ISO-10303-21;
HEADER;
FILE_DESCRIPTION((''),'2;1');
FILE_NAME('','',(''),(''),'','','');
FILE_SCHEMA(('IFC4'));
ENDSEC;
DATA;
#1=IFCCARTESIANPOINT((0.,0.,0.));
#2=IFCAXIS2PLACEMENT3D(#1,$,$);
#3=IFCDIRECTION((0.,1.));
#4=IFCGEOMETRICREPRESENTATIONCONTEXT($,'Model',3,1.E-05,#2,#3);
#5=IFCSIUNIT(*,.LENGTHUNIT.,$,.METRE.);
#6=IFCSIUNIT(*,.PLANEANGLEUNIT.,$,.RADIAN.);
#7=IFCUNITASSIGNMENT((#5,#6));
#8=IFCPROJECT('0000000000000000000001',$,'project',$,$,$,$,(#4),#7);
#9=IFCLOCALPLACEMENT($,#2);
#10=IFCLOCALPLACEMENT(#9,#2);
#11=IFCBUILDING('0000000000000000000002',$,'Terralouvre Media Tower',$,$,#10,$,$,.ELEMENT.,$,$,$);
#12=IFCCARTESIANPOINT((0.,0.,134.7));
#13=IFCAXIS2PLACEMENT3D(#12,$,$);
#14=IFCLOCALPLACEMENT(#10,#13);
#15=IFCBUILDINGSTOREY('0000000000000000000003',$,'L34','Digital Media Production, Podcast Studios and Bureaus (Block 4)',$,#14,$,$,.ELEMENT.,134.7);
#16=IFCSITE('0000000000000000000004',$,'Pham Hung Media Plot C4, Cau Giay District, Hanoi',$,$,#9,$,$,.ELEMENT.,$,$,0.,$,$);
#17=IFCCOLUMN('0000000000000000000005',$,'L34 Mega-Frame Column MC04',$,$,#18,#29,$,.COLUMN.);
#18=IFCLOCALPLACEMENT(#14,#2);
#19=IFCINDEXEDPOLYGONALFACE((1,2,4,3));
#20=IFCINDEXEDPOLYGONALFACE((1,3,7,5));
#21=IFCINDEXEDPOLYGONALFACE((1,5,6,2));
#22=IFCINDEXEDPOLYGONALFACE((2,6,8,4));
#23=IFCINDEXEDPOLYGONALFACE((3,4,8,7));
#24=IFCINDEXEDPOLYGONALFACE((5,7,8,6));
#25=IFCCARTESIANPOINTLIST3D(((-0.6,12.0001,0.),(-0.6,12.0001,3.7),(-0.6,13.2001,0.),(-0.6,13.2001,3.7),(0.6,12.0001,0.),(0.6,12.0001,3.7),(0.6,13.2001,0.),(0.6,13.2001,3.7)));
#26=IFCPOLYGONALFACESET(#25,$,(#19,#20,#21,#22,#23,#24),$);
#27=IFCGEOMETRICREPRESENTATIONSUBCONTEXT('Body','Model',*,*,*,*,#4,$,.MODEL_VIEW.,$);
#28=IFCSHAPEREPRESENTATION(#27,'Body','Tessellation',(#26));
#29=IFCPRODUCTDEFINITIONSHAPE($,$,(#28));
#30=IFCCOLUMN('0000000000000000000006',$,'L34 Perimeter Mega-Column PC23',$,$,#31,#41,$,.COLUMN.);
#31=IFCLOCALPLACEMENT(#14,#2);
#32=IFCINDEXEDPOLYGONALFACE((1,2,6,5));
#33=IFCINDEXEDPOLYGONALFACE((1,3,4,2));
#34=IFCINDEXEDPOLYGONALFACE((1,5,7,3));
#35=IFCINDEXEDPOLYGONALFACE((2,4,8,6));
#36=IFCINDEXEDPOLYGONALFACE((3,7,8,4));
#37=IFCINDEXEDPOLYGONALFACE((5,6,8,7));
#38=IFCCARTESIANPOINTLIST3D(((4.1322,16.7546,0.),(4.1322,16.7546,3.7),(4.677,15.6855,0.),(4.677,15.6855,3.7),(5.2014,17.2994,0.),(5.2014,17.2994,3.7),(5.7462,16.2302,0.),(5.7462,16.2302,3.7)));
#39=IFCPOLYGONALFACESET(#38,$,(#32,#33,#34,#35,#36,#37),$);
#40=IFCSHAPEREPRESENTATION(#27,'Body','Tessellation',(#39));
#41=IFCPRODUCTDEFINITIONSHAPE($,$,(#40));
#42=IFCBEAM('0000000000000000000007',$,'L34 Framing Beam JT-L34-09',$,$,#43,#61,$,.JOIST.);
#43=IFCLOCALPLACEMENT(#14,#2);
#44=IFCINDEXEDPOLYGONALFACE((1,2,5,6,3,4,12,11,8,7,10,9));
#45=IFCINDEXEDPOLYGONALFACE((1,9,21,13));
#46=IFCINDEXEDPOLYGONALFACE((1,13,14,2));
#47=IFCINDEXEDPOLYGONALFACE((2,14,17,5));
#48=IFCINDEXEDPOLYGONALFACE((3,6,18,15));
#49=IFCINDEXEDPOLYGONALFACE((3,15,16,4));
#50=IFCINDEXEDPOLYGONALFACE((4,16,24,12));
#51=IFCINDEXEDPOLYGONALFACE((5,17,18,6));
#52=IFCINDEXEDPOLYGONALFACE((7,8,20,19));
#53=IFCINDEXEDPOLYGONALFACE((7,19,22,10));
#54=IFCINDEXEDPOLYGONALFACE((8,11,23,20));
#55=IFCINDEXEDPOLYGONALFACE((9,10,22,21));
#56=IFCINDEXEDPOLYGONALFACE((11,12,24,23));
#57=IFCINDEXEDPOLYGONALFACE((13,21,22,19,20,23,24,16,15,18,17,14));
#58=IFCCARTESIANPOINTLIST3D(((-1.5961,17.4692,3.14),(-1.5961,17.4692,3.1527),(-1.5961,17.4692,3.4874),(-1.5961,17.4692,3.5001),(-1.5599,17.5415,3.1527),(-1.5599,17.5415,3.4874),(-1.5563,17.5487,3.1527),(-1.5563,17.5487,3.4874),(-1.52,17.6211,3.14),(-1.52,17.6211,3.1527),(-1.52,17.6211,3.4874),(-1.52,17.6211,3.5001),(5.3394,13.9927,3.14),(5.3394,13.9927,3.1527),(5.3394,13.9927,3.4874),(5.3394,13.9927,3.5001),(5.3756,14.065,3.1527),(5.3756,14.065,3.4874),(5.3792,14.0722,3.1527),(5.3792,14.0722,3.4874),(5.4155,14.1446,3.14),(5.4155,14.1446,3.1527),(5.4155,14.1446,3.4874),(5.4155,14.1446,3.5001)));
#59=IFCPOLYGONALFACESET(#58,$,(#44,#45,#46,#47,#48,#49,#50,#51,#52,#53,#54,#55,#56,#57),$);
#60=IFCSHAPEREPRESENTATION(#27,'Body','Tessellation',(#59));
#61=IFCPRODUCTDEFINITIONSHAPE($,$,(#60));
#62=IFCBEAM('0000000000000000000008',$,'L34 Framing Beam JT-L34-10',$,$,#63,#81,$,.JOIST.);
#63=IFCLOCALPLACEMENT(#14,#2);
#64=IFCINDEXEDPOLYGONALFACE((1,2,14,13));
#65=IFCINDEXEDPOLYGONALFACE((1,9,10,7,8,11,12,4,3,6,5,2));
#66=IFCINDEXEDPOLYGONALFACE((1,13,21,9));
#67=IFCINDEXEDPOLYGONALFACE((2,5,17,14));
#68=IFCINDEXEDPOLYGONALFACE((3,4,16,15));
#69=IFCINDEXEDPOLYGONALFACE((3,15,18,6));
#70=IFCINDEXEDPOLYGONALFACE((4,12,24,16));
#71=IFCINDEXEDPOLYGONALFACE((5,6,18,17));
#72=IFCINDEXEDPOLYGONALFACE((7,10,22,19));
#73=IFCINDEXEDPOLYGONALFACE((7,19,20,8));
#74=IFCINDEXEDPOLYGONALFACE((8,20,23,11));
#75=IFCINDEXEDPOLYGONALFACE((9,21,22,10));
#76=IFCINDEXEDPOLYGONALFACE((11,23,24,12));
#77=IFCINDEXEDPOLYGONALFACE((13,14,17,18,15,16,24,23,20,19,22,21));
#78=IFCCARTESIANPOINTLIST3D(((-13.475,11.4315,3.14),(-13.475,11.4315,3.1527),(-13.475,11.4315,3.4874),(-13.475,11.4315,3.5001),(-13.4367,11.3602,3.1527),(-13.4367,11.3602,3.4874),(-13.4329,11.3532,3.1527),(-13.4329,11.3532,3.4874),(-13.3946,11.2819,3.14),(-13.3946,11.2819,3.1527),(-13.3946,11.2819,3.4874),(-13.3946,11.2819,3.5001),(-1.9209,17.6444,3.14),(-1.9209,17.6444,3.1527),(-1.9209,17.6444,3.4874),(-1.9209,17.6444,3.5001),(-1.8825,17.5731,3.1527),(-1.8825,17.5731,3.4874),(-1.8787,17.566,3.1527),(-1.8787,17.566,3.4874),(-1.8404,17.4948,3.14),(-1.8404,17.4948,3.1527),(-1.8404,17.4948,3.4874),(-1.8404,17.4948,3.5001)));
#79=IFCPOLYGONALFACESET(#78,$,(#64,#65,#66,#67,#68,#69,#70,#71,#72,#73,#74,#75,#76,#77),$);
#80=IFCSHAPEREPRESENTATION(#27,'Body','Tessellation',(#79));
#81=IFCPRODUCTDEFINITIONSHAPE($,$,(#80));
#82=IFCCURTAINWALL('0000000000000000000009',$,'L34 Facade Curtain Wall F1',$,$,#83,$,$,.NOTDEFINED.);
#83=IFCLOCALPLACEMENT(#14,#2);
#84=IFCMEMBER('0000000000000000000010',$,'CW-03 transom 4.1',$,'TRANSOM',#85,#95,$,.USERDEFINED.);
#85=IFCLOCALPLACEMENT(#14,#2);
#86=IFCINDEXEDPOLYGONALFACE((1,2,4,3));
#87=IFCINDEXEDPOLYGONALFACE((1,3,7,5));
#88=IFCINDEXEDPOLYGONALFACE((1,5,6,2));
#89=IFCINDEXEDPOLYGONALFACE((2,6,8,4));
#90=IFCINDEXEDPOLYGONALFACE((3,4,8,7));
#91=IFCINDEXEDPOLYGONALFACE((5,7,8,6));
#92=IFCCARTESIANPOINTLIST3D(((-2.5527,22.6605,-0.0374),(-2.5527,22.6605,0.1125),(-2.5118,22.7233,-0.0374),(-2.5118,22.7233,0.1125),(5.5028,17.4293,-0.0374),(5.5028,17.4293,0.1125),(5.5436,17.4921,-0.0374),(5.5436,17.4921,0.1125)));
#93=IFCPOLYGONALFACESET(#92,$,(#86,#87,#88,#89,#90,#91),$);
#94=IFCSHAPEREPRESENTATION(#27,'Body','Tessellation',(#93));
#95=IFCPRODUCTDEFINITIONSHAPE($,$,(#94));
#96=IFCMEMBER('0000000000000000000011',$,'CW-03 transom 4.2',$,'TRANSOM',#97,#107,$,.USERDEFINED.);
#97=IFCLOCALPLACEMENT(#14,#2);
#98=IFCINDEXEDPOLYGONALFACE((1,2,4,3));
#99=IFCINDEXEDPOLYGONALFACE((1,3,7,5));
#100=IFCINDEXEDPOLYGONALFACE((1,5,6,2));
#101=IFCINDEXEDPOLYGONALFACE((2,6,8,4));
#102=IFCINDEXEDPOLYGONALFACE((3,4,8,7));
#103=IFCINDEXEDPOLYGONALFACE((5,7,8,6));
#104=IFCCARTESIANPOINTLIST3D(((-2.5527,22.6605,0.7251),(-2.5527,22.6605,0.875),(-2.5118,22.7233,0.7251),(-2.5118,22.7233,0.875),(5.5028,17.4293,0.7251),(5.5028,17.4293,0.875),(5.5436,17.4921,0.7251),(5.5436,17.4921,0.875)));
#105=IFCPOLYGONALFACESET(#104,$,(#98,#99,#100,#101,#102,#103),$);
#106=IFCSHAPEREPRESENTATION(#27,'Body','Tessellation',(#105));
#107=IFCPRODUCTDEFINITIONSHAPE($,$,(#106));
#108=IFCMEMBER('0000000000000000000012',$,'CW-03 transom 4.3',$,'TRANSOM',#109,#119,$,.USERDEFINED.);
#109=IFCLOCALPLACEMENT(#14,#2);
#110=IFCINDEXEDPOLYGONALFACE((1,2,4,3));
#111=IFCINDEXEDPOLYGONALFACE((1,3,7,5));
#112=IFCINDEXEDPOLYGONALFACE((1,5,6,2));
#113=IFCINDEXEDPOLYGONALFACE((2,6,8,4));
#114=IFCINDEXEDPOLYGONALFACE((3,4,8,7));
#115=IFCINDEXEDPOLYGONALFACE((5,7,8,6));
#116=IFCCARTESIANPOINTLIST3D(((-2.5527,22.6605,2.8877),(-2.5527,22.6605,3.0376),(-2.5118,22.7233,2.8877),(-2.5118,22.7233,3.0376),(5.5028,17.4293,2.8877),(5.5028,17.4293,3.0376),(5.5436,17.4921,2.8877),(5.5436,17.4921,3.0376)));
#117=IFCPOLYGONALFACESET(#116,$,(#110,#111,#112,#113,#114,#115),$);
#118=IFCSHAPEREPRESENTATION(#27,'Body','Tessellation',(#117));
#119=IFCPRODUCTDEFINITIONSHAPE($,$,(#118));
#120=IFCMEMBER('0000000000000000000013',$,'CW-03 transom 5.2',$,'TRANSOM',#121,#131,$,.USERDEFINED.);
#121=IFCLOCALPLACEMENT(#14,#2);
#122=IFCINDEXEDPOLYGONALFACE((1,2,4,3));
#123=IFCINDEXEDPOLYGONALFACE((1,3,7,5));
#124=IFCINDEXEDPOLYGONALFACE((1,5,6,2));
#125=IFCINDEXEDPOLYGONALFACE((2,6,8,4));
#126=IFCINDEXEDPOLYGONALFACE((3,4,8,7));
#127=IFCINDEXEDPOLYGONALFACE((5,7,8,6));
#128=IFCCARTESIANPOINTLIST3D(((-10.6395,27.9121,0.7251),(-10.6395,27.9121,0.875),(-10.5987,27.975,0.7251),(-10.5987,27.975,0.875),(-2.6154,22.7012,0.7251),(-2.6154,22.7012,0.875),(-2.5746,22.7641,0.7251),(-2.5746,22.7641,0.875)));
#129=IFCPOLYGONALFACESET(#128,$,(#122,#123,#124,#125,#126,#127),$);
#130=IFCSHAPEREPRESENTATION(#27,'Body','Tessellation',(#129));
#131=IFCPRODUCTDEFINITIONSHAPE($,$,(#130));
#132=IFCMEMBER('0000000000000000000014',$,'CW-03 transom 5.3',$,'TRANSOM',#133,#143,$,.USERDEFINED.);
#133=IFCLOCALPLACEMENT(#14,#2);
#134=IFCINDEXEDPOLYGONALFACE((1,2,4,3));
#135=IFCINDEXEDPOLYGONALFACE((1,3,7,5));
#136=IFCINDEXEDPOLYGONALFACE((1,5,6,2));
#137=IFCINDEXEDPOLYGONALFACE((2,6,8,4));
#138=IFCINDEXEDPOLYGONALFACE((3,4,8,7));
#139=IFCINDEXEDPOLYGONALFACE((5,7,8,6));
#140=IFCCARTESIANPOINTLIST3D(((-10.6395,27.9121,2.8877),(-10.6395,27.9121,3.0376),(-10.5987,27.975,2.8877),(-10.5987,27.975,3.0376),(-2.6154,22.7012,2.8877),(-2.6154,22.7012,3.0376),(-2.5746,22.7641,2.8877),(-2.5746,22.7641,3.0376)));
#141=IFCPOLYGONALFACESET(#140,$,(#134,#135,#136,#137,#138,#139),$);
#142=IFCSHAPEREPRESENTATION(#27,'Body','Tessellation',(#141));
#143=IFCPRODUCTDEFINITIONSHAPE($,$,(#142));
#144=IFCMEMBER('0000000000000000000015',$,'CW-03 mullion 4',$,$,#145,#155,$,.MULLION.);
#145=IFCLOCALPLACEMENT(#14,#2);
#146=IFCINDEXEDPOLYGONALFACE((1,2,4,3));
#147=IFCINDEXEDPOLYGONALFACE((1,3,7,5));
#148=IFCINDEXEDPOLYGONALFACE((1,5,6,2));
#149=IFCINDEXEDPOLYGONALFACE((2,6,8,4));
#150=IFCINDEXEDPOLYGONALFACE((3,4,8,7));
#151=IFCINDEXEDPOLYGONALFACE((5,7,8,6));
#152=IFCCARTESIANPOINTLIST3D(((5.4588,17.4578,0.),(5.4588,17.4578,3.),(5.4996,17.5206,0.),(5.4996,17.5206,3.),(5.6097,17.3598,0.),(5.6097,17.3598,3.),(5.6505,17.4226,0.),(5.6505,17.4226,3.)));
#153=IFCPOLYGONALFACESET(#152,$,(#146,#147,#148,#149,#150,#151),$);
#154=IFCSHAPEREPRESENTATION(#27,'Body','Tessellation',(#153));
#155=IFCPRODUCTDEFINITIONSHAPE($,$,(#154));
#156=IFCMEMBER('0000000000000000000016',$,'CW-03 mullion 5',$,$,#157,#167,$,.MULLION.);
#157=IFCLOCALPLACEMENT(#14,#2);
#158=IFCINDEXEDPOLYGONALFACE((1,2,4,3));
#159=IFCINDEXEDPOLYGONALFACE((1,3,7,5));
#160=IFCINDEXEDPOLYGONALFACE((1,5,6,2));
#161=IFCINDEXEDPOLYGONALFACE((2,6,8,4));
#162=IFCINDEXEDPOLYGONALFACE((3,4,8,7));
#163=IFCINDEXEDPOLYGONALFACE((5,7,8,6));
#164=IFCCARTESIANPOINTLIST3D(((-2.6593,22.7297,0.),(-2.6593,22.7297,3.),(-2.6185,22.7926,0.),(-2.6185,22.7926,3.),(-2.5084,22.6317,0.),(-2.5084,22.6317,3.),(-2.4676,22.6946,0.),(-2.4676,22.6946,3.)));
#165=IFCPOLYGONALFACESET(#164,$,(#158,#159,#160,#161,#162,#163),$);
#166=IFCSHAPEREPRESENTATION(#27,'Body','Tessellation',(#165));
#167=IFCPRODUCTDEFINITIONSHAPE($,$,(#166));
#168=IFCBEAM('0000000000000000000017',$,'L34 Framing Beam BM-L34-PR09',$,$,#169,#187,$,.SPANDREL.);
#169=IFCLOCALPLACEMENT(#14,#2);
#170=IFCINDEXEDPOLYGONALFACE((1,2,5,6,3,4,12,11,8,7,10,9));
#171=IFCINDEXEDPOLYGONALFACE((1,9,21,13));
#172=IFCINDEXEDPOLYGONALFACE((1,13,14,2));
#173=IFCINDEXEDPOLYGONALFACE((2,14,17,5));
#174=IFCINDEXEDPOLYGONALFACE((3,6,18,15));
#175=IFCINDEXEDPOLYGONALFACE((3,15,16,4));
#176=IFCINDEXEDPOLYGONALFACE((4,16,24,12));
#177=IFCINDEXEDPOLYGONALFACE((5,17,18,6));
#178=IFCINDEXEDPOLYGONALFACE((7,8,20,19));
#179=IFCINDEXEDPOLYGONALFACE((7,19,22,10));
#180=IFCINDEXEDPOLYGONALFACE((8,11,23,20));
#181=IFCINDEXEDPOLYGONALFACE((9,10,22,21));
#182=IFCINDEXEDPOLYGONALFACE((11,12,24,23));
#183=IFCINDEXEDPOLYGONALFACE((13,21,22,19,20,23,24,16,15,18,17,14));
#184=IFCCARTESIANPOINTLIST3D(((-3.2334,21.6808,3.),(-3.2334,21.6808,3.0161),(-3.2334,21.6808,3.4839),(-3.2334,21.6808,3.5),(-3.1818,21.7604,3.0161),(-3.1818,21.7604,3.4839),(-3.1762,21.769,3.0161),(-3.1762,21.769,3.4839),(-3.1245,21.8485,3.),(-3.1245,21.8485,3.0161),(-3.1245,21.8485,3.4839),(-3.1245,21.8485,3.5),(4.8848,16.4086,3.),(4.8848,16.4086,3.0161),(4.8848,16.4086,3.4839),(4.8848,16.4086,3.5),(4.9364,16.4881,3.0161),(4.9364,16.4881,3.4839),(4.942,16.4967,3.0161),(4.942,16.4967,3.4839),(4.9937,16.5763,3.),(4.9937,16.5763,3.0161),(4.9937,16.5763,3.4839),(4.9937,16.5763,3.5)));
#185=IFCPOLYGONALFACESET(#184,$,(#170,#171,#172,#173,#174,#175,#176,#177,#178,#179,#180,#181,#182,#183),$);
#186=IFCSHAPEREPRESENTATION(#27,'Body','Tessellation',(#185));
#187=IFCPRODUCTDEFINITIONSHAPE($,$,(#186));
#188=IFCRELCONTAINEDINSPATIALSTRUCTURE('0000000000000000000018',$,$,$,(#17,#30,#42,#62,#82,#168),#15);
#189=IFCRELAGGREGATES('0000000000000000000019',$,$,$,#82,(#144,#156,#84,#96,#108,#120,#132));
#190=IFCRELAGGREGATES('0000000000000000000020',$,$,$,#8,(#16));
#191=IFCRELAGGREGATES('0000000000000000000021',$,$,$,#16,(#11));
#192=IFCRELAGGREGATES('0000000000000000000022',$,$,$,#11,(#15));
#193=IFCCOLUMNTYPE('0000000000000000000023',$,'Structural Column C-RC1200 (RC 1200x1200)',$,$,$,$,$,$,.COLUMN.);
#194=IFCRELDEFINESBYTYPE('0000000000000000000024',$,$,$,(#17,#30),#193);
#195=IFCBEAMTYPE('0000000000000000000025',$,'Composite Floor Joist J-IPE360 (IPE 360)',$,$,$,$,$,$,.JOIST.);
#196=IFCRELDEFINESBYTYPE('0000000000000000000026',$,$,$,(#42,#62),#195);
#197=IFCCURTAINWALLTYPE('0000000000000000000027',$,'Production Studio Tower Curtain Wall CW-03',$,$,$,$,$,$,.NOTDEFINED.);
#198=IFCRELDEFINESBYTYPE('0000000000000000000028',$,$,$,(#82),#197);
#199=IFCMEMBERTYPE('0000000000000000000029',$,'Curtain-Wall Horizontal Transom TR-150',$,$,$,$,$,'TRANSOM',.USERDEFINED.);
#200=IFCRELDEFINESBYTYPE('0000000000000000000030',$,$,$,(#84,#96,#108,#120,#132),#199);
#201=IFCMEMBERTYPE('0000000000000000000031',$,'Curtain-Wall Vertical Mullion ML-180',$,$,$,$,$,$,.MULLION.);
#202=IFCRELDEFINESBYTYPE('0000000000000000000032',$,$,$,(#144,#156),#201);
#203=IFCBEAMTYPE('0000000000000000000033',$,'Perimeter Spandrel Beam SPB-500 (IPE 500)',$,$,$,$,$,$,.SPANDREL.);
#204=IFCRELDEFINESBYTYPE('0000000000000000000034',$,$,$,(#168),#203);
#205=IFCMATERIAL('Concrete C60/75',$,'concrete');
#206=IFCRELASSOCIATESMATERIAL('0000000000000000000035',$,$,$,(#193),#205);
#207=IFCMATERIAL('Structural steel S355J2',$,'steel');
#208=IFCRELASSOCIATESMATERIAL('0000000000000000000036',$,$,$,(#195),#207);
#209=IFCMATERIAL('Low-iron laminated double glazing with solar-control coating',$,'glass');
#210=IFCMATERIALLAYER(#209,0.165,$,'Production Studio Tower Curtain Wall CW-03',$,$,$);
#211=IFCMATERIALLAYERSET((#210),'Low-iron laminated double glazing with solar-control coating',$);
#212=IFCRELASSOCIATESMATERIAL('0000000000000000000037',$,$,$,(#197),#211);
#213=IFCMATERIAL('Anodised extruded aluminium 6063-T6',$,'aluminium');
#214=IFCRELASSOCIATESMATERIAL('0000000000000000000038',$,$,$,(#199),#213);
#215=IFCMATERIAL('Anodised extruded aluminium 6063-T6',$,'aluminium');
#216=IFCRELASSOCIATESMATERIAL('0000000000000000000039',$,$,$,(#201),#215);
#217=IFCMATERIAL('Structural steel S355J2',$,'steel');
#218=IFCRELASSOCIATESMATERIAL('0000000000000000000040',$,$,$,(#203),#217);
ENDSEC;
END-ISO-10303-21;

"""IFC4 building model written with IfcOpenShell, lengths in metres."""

from ifc_helpers import new_model, si_unit, direction, frame, origin, origin_2d, place, context, subcontext, project, spatial, rectangle, i_section, extrude, material, layer, layer_set, material_profile, profile_set, type_object, element, aggregate, save


model = new_model("IFC4")

# Units and contexts
model_context = context("Model", 3, precision=1e-05, world=origin(), true_north=direction((0.0, 1.0)))
body_context = subcontext(model_context, "Body", "Model", "MODEL_VIEW")
ifc_project = project(units=[si_unit("LENGTHUNIT", "METRE"), si_unit("PLANEANGLEUNIT", "RADIAN")], contexts=[model_context])

# Site, building, storey
site_placement = place(None, origin())
site = spatial("IfcSite", under=ifc_project, at=site_placement, Name="Pham Hung Media Plot C4, Cau Giay District, Hanoi", CompositionType="ELEMENT", RefElevation=0.0)
building_placement = place(site_placement, origin())
building = spatial("IfcBuilding", under=site, at=building_placement, Name="Terralouvre Media Tower", CompositionType="ELEMENT")
storey_placement = place(building_placement, frame((0.0, 0.0, 134.7)))
storey = spatial("IfcBuildingStorey", under=building, at=storey_placement, Name="L34", Description="Digital Media Production, Podcast Studios and Bureaus (Block 4)", CompositionType="ELEMENT", Elevation=134.7)

# Columns
ifc_material_1 = material(Name="Concrete C60/75", Category="concrete")
ifc_material_profile_1 = material_profile(ifc_material_1, rectangle(XDim=1.2, YDim=1.2, at=origin_2d()), Name="RC 1200x1200")
ifc_profile_set_1 = profile_set([ifc_material_profile_1], Name="Concrete C60/75")
column_type = type_object("IfcColumnType", Name="Structural Column C-RC1200 (RC 1200x1200)", PredefinedType="COLUMN", material=ifc_profile_set_1)
for number, where, z_axis, x_axis, name in (
    (1, (0.0, 12.6001, 0.0), (0.0, 0.0, 1.0), (1.0, 0.0, 0.0), "L34 Mega-Frame Column MC04"),
    (2, (4.9392, 16.4924, 0.0), (0.0, 0.0, 1.0), (0.891007, 0.45399, 0.0), "L34 Perimeter Mega-Column PC23"),
):
    element("IfcColumn", number, at=place(storey_placement, frame(where, z_axis=z_axis, x_axis=x_axis)), inside=storey, type_object=column_type, Name=name, PredefinedType="COLUMN", context=body_context, shape_type="SweptSolid", body=[
        extrude(rectangle(XDim=1.2, YDim=1.2, at=origin_2d()), origin(), (0.0, 0.0, 1.0), 3.7),
    ])

# Beams
ifc_material_2 = material(Name="Structural steel S355J2", Category="steel")
ifc_material_profile_2 = material_profile(ifc_material_2, i_section(OverallWidth=0.1699, OverallDepth=0.3601, WebThickness=0.0081, FlangeThickness=0.0127, at=origin_2d()), Name="IPE 360")
ifc_profile_set_2 = profile_set([ifc_material_profile_2], Name="Structural steel S355J2")
beam_type_1 = type_object("IfcBeamType", Name="Composite Floor Joist J-IPE360 (IPE 360)", PredefinedType="JOIST", material=ifc_profile_set_2)
beam_1_placement = place(storey_placement, frame((5.3774, 14.0686, 3.3201), z_axis=(-0.893974, 0.44812, 0.0), x_axis=(-0.44812, -0.893974, 0.0)))
element("IfcBeam", 3, at=beam_1_placement, inside=storey, type_object=beam_type_1, Name="L34 Framing Beam JT-L34-09", PredefinedType="JOIST", context=body_context, shape_type="SweptSolid", body=[
    extrude(i_section(OverallWidth=0.1699, OverallDepth=0.3601, WebThickness=0.0081, FlangeThickness=0.0127, at=origin_2d()), origin(), (0.0, 0.0, 1.0), 7.7581),
])
beam_2_placement = place(storey_placement, frame((-1.8806, 17.5696, 3.3201), z_axis=(-0.880745, -0.473591, 0.0), x_axis=(0.473591, -0.880745, 0.0)))
element("IfcBeam", 4, at=beam_2_placement, inside=storey, type_object=beam_type_1, Name="L34 Framing Beam JT-L34-10", PredefinedType="JOIST", context=body_context, shape_type="SweptSolid", body=[
    extrude(i_section(OverallWidth=0.1699, OverallDepth=0.3601, WebThickness=0.0081, FlangeThickness=0.0127, at=origin_2d()), origin(), (0.0, 0.0, 1.0), 13.1187),
])

# Curtain wall, members
ifc_material_3 = material(Name="Low-iron laminated double glazing with solar-control coating", Category="glass")
ifc_layer_1 = layer(ifc_material_3, 0.165, Name="Production Studio Tower Curtain Wall CW-03")
ifc_layer_set_1 = layer_set([ifc_layer_1], Name="Low-iron laminated double glazing with solar-control coating")
curtain_wall_type = type_object("IfcCurtainWallType", Name="Production Studio Tower Curtain Wall CW-03", PredefinedType="NOTDEFINED", material=ifc_layer_set_1)
curtain_wall_placement = place(storey_placement, origin())
curtain_wall = element("IfcCurtainWall", 5, at=curtain_wall_placement, inside=storey, type_object=curtain_wall_type, Name="L34 Facade Curtain Wall F1", PredefinedType="NOTDEFINED")
ifc_material_4 = material(Name="Anodised extruded aluminium 6063-T6", Category="aluminium")
ifc_material_profile_3 = material_profile(ifc_material_4, rectangle(XDim=0.075, YDim=0.1499, at=origin_2d()), Name="ALU 75x150")
ifc_profile_set_3 = profile_set([ifc_material_profile_3], Name="Anodised extruded aluminium 6063-T6")
member_type_1 = type_object("IfcMemberType", Name="Curtain-Wall Horizontal Transom TR-150", ElementType="TRANSOM", PredefinedType="USERDEFINED", material=ifc_profile_set_3)
member_1_placement = place(storey_placement, frame((5.5232, 17.4607, 0.0376), z_axis=(-0.838673, 0.544635, 0.0), x_axis=(-0.544635, -0.838673, 0.0)))
member_1 = element("IfcMember", 6, at=member_1_placement, type_object=member_type_1, Name="CW-03 transom 4.1", ObjectType="TRANSOM", PredefinedType="USERDEFINED", context=body_context, shape_type="SweptSolid", body=[
    extrude(rectangle(XDim=0.075, YDim=0.1499, at=origin_2d()), origin(), (0.0, 0.0, 1.0), 9.605),
])
member_2_placement = place(storey_placement, frame((5.5232, 17.4607, 0.8), z_axis=(-0.838673, 0.544635, 0.0), x_axis=(-0.544635, -0.838673, 0.0)))
member_2 = element("IfcMember", 7, at=member_2_placement, type_object=member_type_1, Name="CW-03 transom 4.2", ObjectType="TRANSOM", PredefinedType="USERDEFINED", context=body_context, shape_type="SweptSolid", body=[
    extrude(rectangle(XDim=0.075, YDim=0.1499, at=origin_2d()), origin(), (0.0, 0.0, 1.0), 9.605),
])
member_3_placement = place(storey_placement, frame((5.5232, 17.4607, 2.9626), z_axis=(-0.838673, 0.544635, 0.0), x_axis=(-0.544635, -0.838673, 0.0)))
member_3 = element("IfcMember", 8, at=member_3_placement, type_object=member_type_1, Name="CW-03 transom 4.3", ObjectType="TRANSOM", PredefinedType="USERDEFINED", context=body_context, shape_type="SweptSolid", body=[
    extrude(rectangle(XDim=0.075, YDim=0.1499, at=origin_2d()), origin(), (0.0, 0.0, 1.0), 9.605),
])
member_4_placement = place(storey_placement, frame((-2.595, 22.7327, 0.8), z_axis=(-0.838671, 0.544638, 0.0), x_axis=(-0.544638, -0.838671, 0.0)))
member_4 = element("IfcMember", 9, at=member_4_placement, type_object=member_type_1, Name="CW-03 transom 5.2", ObjectType="TRANSOM", PredefinedType="USERDEFINED", context=body_context, shape_type="SweptSolid", body=[
    extrude(rectangle(XDim=0.075, YDim=0.1499, at=origin_2d()), origin(), (0.0, 0.0, 1.0), 9.5676),
])
member_5_placement = place(storey_placement, frame((-2.595, 22.7327, 2.9626), z_axis=(-0.838671, 0.544638, 0.0), x_axis=(-0.544638, -0.838671, 0.0)))
member_5 = element("IfcMember", 10, at=member_5_placement, type_object=member_type_1, Name="CW-03 transom 5.3", ObjectType="TRANSOM", PredefinedType="USERDEFINED", context=body_context, shape_type="SweptSolid", body=[
    extrude(rectangle(XDim=0.075, YDim=0.1499, at=origin_2d()), origin(), (0.0, 0.0, 1.0), 9.5676),
])
ifc_material_5 = material(Name="Anodised extruded aluminium 6063-T6", Category="aluminium")
ifc_material_profile_4 = material_profile(ifc_material_5, rectangle(XDim=0.075, YDim=0.1799, at=origin_2d()), Name="ALU 75x180")
ifc_profile_set_4 = profile_set([ifc_material_profile_4], Name="Anodised extruded aluminium 6063-T6")
member_type_2 = type_object("IfcMemberType", Name="Curtain-Wall Vertical Mullion ML-180", PredefinedType="MULLION", material=ifc_profile_set_4)
member_6_placement = place(storey_placement, frame((5.5547, 17.4402, 0.0), z_axis=(0.0, 0.0, 1.0), x_axis=(-0.544639, -0.838671, 0.0)))
member_6 = element("IfcMember", 11, at=member_6_placement, type_object=member_type_2, Name="CW-03 mullion 4", PredefinedType="MULLION", context=body_context, shape_type="SweptSolid", body=[
    extrude(rectangle(XDim=0.075, YDim=0.1799, at=origin_2d()), origin(), (0.0, 0.0, 1.0), 3.0),
])
member_7_placement = place(storey_placement, frame((-2.5635, 22.7122, 0.0), z_axis=(0.0, 0.0, 1.0), x_axis=(-0.544639, -0.838671, 0.0)))
member_7 = element("IfcMember", 12, at=member_7_placement, type_object=member_type_2, Name="CW-03 mullion 5", PredefinedType="MULLION", context=body_context, shape_type="SweptSolid", body=[
    extrude(rectangle(XDim=0.075, YDim=0.1799, at=origin_2d()), origin(), (0.0, 0.0, 1.0), 3.0),
])

# Beam
ifc_material_6 = material(Name="Structural steel S355J2", Category="steel")
ifc_material_profile_5 = material_profile(ifc_material_6, i_section(OverallWidth=0.2, OverallDepth=0.5, WebThickness=0.0103, FlangeThickness=0.0161, at=origin_2d()), Name="IPE 500")
ifc_profile_set_5 = profile_set([ifc_material_profile_5], Name="Structural steel S355J2")
beam_type_2 = type_object("IfcBeamType", Name="Perimeter Spandrel Beam SPB-500 (IPE 500)", PredefinedType="SPANDREL", material=ifc_profile_set_5)
beam_3_placement = place(storey_placement, frame((4.9392, 16.4924, 3.25), z_axis=(-0.83866, 0.544655, 0.0), x_axis=(-0.544655, -0.83866, 0.0)))
element("IfcBeam", 13, at=beam_3_placement, inside=storey, type_object=beam_type_2, Name="L34 Framing Beam BM-L34-PR09", PredefinedType="SPANDREL", context=body_context, shape_type="SweptSolid", body=[
    extrude(i_section(OverallWidth=0.2, OverallDepth=0.5, WebThickness=0.0103, FlangeThickness=0.0161, at=origin_2d()), origin(), (0.0, 0.0, 1.0), 9.6799),
])

aggregate(curtain_wall, [member_6, member_7, member_1, member_2, member_3, member_4, member_5])

save(model, "model.ifc")
